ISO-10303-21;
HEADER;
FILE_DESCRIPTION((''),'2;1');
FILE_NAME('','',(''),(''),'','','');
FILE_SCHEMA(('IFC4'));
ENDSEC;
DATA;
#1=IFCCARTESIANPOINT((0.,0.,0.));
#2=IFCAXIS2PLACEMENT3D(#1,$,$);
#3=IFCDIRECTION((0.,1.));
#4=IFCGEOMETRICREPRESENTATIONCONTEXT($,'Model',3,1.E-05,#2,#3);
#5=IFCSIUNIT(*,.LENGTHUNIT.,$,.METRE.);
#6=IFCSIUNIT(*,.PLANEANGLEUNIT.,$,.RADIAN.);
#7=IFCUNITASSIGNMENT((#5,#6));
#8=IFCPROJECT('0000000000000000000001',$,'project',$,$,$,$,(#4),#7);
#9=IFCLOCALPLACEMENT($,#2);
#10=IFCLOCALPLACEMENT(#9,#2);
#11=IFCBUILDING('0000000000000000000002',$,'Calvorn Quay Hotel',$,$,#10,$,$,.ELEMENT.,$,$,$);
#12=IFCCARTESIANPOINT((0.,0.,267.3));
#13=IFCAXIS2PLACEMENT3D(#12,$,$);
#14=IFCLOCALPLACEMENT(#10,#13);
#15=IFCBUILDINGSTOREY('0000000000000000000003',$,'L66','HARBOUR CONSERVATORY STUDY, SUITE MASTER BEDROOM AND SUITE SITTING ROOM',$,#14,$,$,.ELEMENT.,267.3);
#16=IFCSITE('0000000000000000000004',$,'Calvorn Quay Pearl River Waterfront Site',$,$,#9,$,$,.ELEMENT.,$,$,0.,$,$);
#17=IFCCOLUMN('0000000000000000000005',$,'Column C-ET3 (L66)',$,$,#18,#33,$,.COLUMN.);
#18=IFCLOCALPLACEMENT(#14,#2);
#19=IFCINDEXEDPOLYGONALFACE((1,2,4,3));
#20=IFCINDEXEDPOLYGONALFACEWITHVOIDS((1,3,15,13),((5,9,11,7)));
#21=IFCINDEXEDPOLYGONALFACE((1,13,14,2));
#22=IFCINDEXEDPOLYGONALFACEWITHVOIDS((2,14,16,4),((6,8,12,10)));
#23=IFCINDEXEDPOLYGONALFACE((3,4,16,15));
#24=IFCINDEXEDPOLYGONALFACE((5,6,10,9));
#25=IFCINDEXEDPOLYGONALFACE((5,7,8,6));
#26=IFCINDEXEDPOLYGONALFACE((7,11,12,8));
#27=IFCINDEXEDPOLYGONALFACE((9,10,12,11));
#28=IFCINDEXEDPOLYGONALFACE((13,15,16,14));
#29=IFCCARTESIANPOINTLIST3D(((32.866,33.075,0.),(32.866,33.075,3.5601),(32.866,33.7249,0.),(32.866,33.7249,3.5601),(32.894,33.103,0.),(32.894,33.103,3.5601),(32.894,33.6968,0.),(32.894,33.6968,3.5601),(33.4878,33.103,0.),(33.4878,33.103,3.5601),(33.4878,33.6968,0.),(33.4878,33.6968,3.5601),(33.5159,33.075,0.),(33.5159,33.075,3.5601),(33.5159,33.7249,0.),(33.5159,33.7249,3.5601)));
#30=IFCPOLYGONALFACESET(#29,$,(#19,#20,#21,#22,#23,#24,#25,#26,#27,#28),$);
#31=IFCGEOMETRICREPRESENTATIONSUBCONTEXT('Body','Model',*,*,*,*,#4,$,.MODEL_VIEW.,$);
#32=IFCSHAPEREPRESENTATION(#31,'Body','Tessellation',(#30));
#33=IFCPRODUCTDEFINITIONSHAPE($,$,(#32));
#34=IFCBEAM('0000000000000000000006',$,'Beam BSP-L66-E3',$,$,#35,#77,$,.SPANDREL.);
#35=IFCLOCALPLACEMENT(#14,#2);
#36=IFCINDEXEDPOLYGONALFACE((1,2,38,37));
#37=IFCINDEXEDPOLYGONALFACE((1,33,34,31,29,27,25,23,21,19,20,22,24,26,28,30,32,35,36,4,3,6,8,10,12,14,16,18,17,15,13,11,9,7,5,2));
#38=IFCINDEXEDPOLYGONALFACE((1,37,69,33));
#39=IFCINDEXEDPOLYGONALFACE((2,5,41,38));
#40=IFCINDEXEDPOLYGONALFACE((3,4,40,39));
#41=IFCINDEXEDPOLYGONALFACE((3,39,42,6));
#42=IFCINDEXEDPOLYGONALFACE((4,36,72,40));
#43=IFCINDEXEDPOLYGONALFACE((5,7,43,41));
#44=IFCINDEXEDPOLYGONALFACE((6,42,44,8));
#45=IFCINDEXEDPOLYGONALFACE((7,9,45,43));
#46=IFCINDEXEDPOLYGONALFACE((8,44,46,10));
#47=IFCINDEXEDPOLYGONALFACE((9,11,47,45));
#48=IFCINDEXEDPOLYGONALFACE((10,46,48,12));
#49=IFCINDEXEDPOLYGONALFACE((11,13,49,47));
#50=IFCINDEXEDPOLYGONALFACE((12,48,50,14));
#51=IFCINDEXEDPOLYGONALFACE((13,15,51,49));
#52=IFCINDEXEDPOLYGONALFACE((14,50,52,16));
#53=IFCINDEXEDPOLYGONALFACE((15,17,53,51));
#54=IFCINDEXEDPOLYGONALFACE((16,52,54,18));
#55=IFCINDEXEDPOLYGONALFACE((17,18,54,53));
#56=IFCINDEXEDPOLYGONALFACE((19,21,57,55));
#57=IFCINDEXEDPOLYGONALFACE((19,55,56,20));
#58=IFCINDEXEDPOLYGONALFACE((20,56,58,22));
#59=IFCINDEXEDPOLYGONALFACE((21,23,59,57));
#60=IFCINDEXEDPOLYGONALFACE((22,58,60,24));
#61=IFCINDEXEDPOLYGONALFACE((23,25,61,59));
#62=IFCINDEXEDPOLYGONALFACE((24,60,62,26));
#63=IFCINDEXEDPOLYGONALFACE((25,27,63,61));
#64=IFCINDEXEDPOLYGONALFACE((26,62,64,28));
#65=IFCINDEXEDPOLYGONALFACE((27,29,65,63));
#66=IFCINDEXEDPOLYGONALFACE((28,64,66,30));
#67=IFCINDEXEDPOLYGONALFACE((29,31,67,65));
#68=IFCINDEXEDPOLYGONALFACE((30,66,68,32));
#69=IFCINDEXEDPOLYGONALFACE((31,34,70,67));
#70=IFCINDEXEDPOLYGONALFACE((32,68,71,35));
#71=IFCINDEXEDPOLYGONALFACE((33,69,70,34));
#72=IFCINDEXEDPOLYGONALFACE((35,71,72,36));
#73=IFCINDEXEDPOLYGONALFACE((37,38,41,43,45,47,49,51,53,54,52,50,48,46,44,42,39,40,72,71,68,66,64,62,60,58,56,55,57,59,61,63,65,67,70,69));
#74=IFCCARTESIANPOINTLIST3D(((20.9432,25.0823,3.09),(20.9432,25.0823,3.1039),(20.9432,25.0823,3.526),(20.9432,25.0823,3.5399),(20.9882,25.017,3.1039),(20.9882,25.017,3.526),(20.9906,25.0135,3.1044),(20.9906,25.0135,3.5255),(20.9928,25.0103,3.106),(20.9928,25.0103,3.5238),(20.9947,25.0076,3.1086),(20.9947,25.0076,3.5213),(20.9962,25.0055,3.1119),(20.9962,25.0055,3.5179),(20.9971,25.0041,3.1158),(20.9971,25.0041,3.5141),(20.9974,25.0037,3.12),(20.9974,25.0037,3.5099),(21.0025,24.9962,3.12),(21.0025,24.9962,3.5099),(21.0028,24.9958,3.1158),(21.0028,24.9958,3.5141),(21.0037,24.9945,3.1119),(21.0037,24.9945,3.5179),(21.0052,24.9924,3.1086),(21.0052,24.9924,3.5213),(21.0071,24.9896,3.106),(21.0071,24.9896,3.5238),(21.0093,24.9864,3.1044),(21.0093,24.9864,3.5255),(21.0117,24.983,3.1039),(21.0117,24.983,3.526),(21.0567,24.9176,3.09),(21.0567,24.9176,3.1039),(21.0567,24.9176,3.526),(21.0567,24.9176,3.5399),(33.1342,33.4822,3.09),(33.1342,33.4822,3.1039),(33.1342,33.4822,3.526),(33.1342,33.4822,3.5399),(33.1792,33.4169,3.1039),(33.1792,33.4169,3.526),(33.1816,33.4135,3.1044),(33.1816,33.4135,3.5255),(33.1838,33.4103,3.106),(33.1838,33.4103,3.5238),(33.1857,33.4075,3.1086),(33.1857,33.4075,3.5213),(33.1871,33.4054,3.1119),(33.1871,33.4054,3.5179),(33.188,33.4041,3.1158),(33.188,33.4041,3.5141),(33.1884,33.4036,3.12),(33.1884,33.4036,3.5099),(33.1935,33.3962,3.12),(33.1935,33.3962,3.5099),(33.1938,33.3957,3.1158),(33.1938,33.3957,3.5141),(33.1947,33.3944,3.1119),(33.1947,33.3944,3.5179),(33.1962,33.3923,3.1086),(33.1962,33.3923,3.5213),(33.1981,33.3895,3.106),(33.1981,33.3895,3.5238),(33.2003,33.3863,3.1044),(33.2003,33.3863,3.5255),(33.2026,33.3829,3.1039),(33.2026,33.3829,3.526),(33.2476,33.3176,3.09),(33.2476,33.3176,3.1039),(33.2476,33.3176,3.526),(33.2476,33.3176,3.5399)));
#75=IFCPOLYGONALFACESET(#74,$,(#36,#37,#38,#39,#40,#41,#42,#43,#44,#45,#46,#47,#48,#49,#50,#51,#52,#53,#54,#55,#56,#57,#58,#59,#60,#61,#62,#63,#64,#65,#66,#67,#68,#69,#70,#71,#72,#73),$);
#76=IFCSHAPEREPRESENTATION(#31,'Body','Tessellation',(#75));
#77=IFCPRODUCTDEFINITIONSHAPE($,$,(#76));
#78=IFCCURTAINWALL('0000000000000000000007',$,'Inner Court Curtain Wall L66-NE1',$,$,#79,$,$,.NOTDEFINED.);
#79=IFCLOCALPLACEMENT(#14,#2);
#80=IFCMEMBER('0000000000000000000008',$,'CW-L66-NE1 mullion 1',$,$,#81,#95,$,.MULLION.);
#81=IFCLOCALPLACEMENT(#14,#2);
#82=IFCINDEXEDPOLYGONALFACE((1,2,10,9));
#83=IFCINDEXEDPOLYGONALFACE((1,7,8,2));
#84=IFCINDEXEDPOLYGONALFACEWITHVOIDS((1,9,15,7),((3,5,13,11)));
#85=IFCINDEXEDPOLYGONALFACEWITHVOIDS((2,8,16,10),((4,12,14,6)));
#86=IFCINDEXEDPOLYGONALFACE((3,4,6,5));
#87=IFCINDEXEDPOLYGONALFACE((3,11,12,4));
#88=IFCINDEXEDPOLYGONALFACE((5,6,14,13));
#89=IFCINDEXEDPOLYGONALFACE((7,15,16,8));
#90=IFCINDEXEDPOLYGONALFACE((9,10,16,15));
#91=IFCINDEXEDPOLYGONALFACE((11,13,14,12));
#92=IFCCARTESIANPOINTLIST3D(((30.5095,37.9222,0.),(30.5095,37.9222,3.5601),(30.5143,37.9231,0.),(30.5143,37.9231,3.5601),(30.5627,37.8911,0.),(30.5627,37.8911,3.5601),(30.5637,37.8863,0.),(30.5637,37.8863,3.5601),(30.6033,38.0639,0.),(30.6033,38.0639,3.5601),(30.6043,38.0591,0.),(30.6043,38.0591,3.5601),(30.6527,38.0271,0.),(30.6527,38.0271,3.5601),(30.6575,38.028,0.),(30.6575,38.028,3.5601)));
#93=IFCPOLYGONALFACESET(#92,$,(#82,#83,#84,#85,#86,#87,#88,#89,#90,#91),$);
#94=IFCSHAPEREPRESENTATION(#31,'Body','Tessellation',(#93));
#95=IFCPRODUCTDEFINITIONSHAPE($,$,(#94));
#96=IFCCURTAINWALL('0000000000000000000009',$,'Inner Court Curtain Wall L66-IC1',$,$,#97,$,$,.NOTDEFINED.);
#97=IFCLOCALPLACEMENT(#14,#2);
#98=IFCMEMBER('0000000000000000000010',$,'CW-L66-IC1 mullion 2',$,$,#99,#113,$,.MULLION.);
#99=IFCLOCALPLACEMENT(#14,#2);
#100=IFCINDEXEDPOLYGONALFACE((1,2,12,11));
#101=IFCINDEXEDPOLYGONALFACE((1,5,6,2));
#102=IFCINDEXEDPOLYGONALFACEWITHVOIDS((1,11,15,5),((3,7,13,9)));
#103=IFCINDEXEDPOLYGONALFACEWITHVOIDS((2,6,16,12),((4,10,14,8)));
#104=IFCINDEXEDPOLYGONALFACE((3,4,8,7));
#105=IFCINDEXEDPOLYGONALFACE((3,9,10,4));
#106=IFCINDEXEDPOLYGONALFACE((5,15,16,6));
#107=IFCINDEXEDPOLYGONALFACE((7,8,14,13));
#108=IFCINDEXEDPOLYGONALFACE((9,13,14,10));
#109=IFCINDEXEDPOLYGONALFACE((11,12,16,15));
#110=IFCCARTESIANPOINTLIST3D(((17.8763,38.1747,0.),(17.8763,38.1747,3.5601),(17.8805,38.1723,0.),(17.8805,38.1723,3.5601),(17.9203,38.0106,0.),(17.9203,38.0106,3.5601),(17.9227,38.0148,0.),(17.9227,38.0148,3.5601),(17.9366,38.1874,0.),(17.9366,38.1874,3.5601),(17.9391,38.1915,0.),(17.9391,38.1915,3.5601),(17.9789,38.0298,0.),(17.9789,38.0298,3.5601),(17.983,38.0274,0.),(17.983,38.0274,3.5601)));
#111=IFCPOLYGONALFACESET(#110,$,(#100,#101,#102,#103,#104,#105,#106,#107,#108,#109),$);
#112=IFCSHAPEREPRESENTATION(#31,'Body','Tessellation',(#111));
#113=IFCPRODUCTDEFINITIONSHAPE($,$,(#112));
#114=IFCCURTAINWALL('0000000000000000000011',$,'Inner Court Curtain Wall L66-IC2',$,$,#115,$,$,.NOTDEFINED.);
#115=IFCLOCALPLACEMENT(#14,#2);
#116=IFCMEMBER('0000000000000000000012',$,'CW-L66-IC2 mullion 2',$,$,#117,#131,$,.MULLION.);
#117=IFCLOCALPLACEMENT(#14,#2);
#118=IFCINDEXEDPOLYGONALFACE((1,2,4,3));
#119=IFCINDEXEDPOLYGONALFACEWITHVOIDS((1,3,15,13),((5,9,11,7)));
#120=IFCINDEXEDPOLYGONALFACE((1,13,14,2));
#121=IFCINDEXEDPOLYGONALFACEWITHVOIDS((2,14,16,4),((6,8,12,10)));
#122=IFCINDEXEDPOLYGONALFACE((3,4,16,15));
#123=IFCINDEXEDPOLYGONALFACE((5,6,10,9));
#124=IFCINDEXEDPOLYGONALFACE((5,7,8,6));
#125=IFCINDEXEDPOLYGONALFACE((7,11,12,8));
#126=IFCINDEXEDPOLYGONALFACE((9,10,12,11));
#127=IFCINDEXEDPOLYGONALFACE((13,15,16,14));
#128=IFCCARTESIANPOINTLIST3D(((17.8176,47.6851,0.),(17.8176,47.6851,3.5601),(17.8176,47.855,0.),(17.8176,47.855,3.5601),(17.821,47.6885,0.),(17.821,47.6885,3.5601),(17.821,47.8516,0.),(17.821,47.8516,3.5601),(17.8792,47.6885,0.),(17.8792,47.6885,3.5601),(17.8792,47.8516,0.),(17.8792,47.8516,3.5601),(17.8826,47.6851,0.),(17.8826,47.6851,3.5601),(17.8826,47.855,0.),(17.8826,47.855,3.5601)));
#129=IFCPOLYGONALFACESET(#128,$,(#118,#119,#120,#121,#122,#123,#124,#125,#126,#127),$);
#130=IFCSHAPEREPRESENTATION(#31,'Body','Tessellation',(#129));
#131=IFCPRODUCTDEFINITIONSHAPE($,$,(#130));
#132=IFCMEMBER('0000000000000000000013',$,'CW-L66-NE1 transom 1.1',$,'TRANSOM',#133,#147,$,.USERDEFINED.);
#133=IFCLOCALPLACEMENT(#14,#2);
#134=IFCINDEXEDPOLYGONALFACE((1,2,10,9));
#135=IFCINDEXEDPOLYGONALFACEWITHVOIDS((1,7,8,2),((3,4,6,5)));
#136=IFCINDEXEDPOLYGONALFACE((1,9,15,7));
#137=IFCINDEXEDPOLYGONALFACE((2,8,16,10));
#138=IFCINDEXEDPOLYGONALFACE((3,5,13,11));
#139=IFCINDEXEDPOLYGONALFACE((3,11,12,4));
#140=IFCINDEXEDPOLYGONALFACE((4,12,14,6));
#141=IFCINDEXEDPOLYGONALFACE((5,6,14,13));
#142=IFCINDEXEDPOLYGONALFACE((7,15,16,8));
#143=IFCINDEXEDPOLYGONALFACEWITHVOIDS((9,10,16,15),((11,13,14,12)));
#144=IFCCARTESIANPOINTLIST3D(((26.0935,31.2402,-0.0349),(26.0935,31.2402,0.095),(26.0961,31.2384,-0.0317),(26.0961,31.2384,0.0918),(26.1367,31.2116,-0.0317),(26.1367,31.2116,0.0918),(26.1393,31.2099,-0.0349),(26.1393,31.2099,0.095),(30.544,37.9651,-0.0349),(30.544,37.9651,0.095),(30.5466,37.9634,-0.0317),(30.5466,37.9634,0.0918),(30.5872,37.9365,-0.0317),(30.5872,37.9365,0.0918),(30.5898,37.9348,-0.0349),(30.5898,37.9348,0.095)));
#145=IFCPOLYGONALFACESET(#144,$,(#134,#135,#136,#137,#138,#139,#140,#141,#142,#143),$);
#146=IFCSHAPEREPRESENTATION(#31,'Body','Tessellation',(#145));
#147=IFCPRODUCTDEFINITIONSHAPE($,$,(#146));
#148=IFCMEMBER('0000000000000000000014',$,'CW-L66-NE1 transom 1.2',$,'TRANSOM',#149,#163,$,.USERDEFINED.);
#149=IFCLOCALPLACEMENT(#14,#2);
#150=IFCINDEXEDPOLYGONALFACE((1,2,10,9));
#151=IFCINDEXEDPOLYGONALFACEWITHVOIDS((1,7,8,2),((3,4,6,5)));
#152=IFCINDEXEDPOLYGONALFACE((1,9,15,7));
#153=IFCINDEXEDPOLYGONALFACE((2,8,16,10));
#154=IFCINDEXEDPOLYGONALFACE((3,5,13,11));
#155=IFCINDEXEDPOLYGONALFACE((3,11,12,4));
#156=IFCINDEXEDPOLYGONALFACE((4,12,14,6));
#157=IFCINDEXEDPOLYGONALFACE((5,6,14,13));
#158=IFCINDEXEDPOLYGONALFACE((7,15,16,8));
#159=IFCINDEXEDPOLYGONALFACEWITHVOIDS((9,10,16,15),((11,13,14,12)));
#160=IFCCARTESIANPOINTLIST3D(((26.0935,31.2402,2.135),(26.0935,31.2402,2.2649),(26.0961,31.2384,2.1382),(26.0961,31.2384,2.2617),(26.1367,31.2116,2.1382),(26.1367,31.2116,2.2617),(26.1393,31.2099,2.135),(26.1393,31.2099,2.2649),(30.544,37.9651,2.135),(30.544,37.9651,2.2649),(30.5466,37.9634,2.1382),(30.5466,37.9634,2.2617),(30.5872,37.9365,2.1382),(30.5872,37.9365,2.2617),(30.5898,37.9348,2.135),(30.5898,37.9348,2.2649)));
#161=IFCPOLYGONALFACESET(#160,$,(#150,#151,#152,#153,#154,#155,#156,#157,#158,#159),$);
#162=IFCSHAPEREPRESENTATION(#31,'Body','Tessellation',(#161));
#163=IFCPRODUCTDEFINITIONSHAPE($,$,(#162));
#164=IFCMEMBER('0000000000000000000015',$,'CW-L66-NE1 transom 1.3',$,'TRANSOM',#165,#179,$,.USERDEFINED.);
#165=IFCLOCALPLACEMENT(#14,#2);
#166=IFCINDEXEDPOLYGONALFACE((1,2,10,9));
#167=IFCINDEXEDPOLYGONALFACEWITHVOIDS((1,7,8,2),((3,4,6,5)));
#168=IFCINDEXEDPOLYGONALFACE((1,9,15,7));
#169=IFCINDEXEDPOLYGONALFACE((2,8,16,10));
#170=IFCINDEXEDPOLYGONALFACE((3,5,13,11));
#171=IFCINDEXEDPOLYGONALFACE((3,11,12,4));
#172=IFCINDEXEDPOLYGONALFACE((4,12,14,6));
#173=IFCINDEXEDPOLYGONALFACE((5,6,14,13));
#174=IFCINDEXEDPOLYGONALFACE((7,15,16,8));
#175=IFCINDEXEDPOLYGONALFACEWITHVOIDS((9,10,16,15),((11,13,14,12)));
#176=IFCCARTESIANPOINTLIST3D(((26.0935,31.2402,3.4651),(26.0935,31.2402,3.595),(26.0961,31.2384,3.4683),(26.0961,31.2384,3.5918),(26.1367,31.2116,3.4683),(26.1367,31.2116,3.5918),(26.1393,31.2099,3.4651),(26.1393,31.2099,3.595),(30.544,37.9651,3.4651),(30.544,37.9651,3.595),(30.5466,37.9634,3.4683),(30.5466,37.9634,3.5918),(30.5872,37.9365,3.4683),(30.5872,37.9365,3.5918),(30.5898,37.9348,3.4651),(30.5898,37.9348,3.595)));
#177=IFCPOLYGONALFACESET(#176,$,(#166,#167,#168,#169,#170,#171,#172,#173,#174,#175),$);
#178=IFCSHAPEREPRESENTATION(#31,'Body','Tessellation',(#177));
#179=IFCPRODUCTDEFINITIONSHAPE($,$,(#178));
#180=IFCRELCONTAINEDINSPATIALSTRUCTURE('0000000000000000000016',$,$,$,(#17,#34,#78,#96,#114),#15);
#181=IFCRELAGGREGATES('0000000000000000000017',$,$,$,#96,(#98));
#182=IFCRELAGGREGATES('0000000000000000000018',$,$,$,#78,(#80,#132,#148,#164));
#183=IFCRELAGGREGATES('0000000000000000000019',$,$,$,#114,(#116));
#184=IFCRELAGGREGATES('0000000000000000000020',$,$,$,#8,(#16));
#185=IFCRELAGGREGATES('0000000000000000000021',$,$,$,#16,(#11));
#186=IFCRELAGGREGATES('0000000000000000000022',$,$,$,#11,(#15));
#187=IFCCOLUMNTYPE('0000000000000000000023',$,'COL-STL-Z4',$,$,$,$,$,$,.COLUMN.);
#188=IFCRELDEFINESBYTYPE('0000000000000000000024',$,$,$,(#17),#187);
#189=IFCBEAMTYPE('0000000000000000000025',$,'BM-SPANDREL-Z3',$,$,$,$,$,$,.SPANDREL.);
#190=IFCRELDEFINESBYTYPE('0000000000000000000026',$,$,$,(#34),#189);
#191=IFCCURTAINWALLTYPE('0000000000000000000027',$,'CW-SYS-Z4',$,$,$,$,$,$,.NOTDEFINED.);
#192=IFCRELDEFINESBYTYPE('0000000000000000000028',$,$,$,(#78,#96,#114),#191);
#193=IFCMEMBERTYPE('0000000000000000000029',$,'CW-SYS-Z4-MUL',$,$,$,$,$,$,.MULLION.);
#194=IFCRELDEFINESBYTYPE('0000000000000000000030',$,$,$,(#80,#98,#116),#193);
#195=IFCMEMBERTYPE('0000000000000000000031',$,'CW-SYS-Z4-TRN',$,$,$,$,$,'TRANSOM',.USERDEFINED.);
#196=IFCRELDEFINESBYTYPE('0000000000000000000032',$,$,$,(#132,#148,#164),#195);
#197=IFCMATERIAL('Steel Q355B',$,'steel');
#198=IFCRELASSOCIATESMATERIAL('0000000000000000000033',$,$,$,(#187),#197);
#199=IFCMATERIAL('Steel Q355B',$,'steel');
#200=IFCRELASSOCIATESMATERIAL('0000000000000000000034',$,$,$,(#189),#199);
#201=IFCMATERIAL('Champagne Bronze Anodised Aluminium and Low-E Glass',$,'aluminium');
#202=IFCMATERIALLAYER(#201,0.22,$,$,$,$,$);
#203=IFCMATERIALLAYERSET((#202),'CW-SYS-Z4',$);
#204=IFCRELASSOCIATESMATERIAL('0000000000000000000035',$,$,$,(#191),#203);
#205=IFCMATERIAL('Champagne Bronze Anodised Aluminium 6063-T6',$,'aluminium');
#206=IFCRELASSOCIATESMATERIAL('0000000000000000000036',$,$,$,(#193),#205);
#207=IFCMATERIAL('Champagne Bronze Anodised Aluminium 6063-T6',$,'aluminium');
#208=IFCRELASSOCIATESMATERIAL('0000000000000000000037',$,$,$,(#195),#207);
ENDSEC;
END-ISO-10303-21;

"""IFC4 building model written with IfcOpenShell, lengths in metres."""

from ifc_helpers import new_model, si_unit, direction, frame, origin, origin_2d, place, context, subcontext, project, spatial, hollow_rectangle, i_section, extrude, material, layer, layer_set, material_profile, profile_set, type_object, element, aggregate, save


model = new_model("IFC4")

# Units and contexts
model_context = context("Model", 3, precision=1e-05, world=origin(), true_north=direction((0.0, 1.0)))
body_context = subcontext(model_context, "Body", "Model", "MODEL_VIEW")
ifc_project = project(units=[si_unit("LENGTHUNIT", "METRE"), si_unit("PLANEANGLEUNIT", "RADIAN")], contexts=[model_context])

# Site, building, storey
site_placement = place(None, origin())
site = spatial("IfcSite", under=ifc_project, at=site_placement, Name="Calvorn Quay Pearl River Waterfront Site", CompositionType="ELEMENT", RefElevation=0.0)
building_placement = place(site_placement, origin())
building = spatial("IfcBuilding", under=site, at=building_placement, Name="Calvorn Quay Hotel", CompositionType="ELEMENT")
storey_placement = place(building_placement, frame((0.0, 0.0, 267.3)))
storey = spatial("IfcBuildingStorey", under=building, at=storey_placement, Name="L66", Description="HARBOUR CONSERVATORY STUDY, SUITE MASTER BEDROOM AND SUITE SITTING ROOM", CompositionType="ELEMENT", Elevation=267.3)

# Column
ifc_material_1 = material(Name="Steel Q355B", Category="steel")
ifc_material_profile_1 = material_profile(ifc_material_1, hollow_rectangle(XDim=0.6499, YDim=0.6499, WallThickness=0.0281, at=origin_2d()), Name="BOX650x650x28")
ifc_profile_set_1 = profile_set([ifc_material_profile_1], Name="Steel Q355B")
column_type = type_object("IfcColumnType", Name="COL-STL-Z4", PredefinedType="COLUMN", material=ifc_profile_set_1)
column_placement = place(storey_placement, frame((33.1909, 33.3999, 0.0), z_axis=(0.0, 0.0, 1.0), x_axis=(1.0, 0.0, 0.0)))
element("IfcColumn", 1, at=column_placement, inside=storey, type_object=column_type, Name="Column C-ET3 (L66)", PredefinedType="COLUMN", context=body_context, shape_type="SweptSolid", body=[
    extrude(hollow_rectangle(XDim=0.6499, YDim=0.6499, WallThickness=0.0281, at=origin_2d()), origin(), (0.0, 0.0, 1.0), 3.5601),
])

# Beam
ifc_material_2 = material(Name="Steel Q355B", Category="steel")
ifc_material_profile_2 = material_profile(ifc_material_2, i_section(OverallWidth=0.2, OverallDepth=0.45, WebThickness=0.009, FlangeThickness=0.0139, FilletRadius=0.0161, at=origin_2d()), Name="HN450x200x9x14")
ifc_profile_set_2 = profile_set([ifc_material_profile_2], Name="Steel Q355B")
beam_type = type_object("IfcBeamType", Name="BM-SPANDREL-Z3", PredefinedType="SPANDREL", material=ifc_profile_set_2)
beam_placement = place(storey_placement, frame((33.1909, 33.3999, 3.3149), z_axis=(-0.823453, -0.567384, 0.0), x_axis=(0.567384, -0.823453, 0.0)))
element("IfcBeam", 2, at=beam_placement, inside=storey, type_object=beam_type, Name="Beam BSP-L66-E3", PredefinedType="SPANDREL", context=body_context, shape_type="SweptSolid", body=[
    extrude(i_section(OverallWidth=0.2, OverallDepth=0.45, WebThickness=0.009, FlangeThickness=0.0139, FilletRadius=0.0161, at=origin_2d()), origin(), (0.0, 0.0, 1.0), 14.8047),
])

# Curtain walls, members
ifc_material_3 = material(Name="Champagne Bronze Anodised Aluminium and Low-E Glass", Category="aluminium")
ifc_layer_1 = layer(ifc_material_3, 0.22)
ifc_layer_set_1 = layer_set([ifc_layer_1], Name="CW-SYS-Z4")
curtain_wall_type = type_object("IfcCurtainWallType", Name="CW-SYS-Z4", PredefinedType="NOTDEFINED", material=ifc_layer_set_1)
curtain_wall_1_placement = place(storey_placement, origin())
curtain_wall_1 = element("IfcCurtainWall", 3, at=curtain_wall_1_placement, inside=storey, type_object=curtain_wall_type, Name="Inner Court Curtain Wall L66-NE1", PredefinedType="NOTDEFINED")
ifc_material_4 = material(Name="Champagne Bronze Anodised Aluminium 6063-T6", Category="aluminium")
ifc_material_profile_3 = material_profile(ifc_material_4, hollow_rectangle(XDim=0.0649, YDim=0.1699, WallThickness=0.0034, at=origin_2d()), Name="ALU-M170x65x3.5")
ifc_profile_set_3 = profile_set([ifc_material_profile_3], Name="Champagne Bronze Anodised Aluminium 6063-T6")
member_type_1 = type_object("IfcMemberType", Name="CW-SYS-Z4-MUL", PredefinedType="MULLION", material=ifc_profile_set_3)
member_1_placement = place(storey_placement, frame((30.5835, 37.9751, 0.0), z_axis=(0.0, 0.0, 1.0), x_axis=(0.833932, -0.551867, 0.0)))
member_1 = element("IfcMember", 4, at=member_1_placement, type_object=member_type_1, Name="CW-L66-NE1 mullion 1", PredefinedType="MULLION", context=body_context, shape_type="SweptSolid", body=[
    extrude(hollow_rectangle(XDim=0.0649, YDim=0.1699, WallThickness=0.0034, at=origin_2d()), origin(), (0.0, 0.0, 1.0), 3.5601),
])
curtain_wall_2_placement = place(storey_placement, origin())
curtain_wall_2 = element("IfcCurtainWall", 5, at=curtain_wall_2_placement, inside=storey, type_object=curtain_wall_type, Name="Inner Court Curtain Wall L66-IC1", PredefinedType="NOTDEFINED")
member_2_placement = place(storey_placement, frame((17.9297, 38.1011, 0.0), z_axis=(0.0, 0.0, 1.0), x_axis=(-0.965937, -0.258779, 0.0)))
member_2 = element("IfcMember", 6, at=member_2_placement, type_object=member_type_1, Name="CW-L66-IC1 mullion 2", PredefinedType="MULLION", context=body_context, shape_type="SweptSolid", body=[
    extrude(hollow_rectangle(XDim=0.0649, YDim=0.1699, WallThickness=0.0034, at=origin_2d()), origin(), (0.0, 0.0, 1.0), 3.5601),
])
aggregate(curtain_wall_2, [member_2])
curtain_wall_3_placement = place(storey_placement, origin())
curtain_wall_3 = element("IfcCurtainWall", 7, at=curtain_wall_3_placement, inside=storey, type_object=curtain_wall_type, Name="Inner Court Curtain Wall L66-IC2", PredefinedType="NOTDEFINED")
member_3_placement = place(storey_placement, frame((17.8501, 47.77, 0.0), z_axis=(0.0, 0.0, 1.0), x_axis=(-1.0, 0.0, 0.0)))
member_3 = element("IfcMember", 8, at=member_3_placement, type_object=member_type_1, Name="CW-L66-IC2 mullion 2", PredefinedType="MULLION", context=body_context, shape_type="SweptSolid", body=[
    extrude(hollow_rectangle(XDim=0.0649, YDim=0.1699, WallThickness=0.0034, at=origin_2d()), origin(), (0.0, 0.0, 1.0), 3.5601),
])

# Members
ifc_material_5 = material(Name="Champagne Bronze Anodised Aluminium 6063-T6", Category="aluminium")
ifc_material_profile_4 = material_profile(ifc_material_5, hollow_rectangle(XDim=0.0549, YDim=0.1299, WallThickness=0.0032, at=origin_2d()), Name="ALU-T130x55x3.2")
ifc_profile_set_4 = profile_set([ifc_material_profile_4], Name="Champagne Bronze Anodised Aluminium 6063-T6")
member_type_2 = type_object("IfcMemberType", Name="CW-SYS-Z4-TRN", ElementType="TRANSOM", PredefinedType="USERDEFINED", material=ifc_profile_set_4)
member_4_placement = place(storey_placement, frame((30.5669, 37.95, 0.03), z_axis=(-0.551881, -0.833923, 0.0), x_axis=(0.833923, -0.551881, 0.0)))
member_4 = element("IfcMember", 9, at=member_4_placement, type_object=member_type_2, Name="CW-L66-NE1 transom 1.1", ObjectType="TRANSOM", PredefinedType="USERDEFINED", context=body_context, shape_type="SweptSolid", body=[
    extrude(hollow_rectangle(XDim=0.0549, YDim=0.1299, WallThickness=0.0032, at=origin_2d()), origin(), (0.0, 0.0, 1.0), 8.0642),
])
member_5_placement = place(storey_placement, frame((30.5669, 37.95, 2.2), z_axis=(-0.551881, -0.833923, 0.0), x_axis=(0.833923, -0.551881, 0.0)))
member_5 = element("IfcMember", 10, at=member_5_placement, type_object=member_type_2, Name="CW-L66-NE1 transom 1.2", ObjectType="TRANSOM", PredefinedType="USERDEFINED", context=body_context, shape_type="SweptSolid", body=[
    extrude(hollow_rectangle(XDim=0.0549, YDim=0.1299, WallThickness=0.0032, at=origin_2d()), origin(), (0.0, 0.0, 1.0), 8.0642),
])
member_6_placement = place(storey_placement, frame((30.5669, 37.95, 3.53), z_axis=(-0.551881, -0.833923, 0.0), x_axis=(0.833923, -0.551881, 0.0)))
member_6 = element("IfcMember", 11, at=member_6_placement, type_object=member_type_2, Name="CW-L66-NE1 transom 1.3", ObjectType="TRANSOM", PredefinedType="USERDEFINED", context=body_context, shape_type="SweptSolid", body=[
    extrude(hollow_rectangle(XDim=0.0549, YDim=0.1299, WallThickness=0.0032, at=origin_2d()), origin(), (0.0, 0.0, 1.0), 8.0642),
])

aggregate(curtain_wall_1, [member_1, member_4, member_5, member_6])
aggregate(curtain_wall_3, [member_3])

save(model, "model.ifc")
